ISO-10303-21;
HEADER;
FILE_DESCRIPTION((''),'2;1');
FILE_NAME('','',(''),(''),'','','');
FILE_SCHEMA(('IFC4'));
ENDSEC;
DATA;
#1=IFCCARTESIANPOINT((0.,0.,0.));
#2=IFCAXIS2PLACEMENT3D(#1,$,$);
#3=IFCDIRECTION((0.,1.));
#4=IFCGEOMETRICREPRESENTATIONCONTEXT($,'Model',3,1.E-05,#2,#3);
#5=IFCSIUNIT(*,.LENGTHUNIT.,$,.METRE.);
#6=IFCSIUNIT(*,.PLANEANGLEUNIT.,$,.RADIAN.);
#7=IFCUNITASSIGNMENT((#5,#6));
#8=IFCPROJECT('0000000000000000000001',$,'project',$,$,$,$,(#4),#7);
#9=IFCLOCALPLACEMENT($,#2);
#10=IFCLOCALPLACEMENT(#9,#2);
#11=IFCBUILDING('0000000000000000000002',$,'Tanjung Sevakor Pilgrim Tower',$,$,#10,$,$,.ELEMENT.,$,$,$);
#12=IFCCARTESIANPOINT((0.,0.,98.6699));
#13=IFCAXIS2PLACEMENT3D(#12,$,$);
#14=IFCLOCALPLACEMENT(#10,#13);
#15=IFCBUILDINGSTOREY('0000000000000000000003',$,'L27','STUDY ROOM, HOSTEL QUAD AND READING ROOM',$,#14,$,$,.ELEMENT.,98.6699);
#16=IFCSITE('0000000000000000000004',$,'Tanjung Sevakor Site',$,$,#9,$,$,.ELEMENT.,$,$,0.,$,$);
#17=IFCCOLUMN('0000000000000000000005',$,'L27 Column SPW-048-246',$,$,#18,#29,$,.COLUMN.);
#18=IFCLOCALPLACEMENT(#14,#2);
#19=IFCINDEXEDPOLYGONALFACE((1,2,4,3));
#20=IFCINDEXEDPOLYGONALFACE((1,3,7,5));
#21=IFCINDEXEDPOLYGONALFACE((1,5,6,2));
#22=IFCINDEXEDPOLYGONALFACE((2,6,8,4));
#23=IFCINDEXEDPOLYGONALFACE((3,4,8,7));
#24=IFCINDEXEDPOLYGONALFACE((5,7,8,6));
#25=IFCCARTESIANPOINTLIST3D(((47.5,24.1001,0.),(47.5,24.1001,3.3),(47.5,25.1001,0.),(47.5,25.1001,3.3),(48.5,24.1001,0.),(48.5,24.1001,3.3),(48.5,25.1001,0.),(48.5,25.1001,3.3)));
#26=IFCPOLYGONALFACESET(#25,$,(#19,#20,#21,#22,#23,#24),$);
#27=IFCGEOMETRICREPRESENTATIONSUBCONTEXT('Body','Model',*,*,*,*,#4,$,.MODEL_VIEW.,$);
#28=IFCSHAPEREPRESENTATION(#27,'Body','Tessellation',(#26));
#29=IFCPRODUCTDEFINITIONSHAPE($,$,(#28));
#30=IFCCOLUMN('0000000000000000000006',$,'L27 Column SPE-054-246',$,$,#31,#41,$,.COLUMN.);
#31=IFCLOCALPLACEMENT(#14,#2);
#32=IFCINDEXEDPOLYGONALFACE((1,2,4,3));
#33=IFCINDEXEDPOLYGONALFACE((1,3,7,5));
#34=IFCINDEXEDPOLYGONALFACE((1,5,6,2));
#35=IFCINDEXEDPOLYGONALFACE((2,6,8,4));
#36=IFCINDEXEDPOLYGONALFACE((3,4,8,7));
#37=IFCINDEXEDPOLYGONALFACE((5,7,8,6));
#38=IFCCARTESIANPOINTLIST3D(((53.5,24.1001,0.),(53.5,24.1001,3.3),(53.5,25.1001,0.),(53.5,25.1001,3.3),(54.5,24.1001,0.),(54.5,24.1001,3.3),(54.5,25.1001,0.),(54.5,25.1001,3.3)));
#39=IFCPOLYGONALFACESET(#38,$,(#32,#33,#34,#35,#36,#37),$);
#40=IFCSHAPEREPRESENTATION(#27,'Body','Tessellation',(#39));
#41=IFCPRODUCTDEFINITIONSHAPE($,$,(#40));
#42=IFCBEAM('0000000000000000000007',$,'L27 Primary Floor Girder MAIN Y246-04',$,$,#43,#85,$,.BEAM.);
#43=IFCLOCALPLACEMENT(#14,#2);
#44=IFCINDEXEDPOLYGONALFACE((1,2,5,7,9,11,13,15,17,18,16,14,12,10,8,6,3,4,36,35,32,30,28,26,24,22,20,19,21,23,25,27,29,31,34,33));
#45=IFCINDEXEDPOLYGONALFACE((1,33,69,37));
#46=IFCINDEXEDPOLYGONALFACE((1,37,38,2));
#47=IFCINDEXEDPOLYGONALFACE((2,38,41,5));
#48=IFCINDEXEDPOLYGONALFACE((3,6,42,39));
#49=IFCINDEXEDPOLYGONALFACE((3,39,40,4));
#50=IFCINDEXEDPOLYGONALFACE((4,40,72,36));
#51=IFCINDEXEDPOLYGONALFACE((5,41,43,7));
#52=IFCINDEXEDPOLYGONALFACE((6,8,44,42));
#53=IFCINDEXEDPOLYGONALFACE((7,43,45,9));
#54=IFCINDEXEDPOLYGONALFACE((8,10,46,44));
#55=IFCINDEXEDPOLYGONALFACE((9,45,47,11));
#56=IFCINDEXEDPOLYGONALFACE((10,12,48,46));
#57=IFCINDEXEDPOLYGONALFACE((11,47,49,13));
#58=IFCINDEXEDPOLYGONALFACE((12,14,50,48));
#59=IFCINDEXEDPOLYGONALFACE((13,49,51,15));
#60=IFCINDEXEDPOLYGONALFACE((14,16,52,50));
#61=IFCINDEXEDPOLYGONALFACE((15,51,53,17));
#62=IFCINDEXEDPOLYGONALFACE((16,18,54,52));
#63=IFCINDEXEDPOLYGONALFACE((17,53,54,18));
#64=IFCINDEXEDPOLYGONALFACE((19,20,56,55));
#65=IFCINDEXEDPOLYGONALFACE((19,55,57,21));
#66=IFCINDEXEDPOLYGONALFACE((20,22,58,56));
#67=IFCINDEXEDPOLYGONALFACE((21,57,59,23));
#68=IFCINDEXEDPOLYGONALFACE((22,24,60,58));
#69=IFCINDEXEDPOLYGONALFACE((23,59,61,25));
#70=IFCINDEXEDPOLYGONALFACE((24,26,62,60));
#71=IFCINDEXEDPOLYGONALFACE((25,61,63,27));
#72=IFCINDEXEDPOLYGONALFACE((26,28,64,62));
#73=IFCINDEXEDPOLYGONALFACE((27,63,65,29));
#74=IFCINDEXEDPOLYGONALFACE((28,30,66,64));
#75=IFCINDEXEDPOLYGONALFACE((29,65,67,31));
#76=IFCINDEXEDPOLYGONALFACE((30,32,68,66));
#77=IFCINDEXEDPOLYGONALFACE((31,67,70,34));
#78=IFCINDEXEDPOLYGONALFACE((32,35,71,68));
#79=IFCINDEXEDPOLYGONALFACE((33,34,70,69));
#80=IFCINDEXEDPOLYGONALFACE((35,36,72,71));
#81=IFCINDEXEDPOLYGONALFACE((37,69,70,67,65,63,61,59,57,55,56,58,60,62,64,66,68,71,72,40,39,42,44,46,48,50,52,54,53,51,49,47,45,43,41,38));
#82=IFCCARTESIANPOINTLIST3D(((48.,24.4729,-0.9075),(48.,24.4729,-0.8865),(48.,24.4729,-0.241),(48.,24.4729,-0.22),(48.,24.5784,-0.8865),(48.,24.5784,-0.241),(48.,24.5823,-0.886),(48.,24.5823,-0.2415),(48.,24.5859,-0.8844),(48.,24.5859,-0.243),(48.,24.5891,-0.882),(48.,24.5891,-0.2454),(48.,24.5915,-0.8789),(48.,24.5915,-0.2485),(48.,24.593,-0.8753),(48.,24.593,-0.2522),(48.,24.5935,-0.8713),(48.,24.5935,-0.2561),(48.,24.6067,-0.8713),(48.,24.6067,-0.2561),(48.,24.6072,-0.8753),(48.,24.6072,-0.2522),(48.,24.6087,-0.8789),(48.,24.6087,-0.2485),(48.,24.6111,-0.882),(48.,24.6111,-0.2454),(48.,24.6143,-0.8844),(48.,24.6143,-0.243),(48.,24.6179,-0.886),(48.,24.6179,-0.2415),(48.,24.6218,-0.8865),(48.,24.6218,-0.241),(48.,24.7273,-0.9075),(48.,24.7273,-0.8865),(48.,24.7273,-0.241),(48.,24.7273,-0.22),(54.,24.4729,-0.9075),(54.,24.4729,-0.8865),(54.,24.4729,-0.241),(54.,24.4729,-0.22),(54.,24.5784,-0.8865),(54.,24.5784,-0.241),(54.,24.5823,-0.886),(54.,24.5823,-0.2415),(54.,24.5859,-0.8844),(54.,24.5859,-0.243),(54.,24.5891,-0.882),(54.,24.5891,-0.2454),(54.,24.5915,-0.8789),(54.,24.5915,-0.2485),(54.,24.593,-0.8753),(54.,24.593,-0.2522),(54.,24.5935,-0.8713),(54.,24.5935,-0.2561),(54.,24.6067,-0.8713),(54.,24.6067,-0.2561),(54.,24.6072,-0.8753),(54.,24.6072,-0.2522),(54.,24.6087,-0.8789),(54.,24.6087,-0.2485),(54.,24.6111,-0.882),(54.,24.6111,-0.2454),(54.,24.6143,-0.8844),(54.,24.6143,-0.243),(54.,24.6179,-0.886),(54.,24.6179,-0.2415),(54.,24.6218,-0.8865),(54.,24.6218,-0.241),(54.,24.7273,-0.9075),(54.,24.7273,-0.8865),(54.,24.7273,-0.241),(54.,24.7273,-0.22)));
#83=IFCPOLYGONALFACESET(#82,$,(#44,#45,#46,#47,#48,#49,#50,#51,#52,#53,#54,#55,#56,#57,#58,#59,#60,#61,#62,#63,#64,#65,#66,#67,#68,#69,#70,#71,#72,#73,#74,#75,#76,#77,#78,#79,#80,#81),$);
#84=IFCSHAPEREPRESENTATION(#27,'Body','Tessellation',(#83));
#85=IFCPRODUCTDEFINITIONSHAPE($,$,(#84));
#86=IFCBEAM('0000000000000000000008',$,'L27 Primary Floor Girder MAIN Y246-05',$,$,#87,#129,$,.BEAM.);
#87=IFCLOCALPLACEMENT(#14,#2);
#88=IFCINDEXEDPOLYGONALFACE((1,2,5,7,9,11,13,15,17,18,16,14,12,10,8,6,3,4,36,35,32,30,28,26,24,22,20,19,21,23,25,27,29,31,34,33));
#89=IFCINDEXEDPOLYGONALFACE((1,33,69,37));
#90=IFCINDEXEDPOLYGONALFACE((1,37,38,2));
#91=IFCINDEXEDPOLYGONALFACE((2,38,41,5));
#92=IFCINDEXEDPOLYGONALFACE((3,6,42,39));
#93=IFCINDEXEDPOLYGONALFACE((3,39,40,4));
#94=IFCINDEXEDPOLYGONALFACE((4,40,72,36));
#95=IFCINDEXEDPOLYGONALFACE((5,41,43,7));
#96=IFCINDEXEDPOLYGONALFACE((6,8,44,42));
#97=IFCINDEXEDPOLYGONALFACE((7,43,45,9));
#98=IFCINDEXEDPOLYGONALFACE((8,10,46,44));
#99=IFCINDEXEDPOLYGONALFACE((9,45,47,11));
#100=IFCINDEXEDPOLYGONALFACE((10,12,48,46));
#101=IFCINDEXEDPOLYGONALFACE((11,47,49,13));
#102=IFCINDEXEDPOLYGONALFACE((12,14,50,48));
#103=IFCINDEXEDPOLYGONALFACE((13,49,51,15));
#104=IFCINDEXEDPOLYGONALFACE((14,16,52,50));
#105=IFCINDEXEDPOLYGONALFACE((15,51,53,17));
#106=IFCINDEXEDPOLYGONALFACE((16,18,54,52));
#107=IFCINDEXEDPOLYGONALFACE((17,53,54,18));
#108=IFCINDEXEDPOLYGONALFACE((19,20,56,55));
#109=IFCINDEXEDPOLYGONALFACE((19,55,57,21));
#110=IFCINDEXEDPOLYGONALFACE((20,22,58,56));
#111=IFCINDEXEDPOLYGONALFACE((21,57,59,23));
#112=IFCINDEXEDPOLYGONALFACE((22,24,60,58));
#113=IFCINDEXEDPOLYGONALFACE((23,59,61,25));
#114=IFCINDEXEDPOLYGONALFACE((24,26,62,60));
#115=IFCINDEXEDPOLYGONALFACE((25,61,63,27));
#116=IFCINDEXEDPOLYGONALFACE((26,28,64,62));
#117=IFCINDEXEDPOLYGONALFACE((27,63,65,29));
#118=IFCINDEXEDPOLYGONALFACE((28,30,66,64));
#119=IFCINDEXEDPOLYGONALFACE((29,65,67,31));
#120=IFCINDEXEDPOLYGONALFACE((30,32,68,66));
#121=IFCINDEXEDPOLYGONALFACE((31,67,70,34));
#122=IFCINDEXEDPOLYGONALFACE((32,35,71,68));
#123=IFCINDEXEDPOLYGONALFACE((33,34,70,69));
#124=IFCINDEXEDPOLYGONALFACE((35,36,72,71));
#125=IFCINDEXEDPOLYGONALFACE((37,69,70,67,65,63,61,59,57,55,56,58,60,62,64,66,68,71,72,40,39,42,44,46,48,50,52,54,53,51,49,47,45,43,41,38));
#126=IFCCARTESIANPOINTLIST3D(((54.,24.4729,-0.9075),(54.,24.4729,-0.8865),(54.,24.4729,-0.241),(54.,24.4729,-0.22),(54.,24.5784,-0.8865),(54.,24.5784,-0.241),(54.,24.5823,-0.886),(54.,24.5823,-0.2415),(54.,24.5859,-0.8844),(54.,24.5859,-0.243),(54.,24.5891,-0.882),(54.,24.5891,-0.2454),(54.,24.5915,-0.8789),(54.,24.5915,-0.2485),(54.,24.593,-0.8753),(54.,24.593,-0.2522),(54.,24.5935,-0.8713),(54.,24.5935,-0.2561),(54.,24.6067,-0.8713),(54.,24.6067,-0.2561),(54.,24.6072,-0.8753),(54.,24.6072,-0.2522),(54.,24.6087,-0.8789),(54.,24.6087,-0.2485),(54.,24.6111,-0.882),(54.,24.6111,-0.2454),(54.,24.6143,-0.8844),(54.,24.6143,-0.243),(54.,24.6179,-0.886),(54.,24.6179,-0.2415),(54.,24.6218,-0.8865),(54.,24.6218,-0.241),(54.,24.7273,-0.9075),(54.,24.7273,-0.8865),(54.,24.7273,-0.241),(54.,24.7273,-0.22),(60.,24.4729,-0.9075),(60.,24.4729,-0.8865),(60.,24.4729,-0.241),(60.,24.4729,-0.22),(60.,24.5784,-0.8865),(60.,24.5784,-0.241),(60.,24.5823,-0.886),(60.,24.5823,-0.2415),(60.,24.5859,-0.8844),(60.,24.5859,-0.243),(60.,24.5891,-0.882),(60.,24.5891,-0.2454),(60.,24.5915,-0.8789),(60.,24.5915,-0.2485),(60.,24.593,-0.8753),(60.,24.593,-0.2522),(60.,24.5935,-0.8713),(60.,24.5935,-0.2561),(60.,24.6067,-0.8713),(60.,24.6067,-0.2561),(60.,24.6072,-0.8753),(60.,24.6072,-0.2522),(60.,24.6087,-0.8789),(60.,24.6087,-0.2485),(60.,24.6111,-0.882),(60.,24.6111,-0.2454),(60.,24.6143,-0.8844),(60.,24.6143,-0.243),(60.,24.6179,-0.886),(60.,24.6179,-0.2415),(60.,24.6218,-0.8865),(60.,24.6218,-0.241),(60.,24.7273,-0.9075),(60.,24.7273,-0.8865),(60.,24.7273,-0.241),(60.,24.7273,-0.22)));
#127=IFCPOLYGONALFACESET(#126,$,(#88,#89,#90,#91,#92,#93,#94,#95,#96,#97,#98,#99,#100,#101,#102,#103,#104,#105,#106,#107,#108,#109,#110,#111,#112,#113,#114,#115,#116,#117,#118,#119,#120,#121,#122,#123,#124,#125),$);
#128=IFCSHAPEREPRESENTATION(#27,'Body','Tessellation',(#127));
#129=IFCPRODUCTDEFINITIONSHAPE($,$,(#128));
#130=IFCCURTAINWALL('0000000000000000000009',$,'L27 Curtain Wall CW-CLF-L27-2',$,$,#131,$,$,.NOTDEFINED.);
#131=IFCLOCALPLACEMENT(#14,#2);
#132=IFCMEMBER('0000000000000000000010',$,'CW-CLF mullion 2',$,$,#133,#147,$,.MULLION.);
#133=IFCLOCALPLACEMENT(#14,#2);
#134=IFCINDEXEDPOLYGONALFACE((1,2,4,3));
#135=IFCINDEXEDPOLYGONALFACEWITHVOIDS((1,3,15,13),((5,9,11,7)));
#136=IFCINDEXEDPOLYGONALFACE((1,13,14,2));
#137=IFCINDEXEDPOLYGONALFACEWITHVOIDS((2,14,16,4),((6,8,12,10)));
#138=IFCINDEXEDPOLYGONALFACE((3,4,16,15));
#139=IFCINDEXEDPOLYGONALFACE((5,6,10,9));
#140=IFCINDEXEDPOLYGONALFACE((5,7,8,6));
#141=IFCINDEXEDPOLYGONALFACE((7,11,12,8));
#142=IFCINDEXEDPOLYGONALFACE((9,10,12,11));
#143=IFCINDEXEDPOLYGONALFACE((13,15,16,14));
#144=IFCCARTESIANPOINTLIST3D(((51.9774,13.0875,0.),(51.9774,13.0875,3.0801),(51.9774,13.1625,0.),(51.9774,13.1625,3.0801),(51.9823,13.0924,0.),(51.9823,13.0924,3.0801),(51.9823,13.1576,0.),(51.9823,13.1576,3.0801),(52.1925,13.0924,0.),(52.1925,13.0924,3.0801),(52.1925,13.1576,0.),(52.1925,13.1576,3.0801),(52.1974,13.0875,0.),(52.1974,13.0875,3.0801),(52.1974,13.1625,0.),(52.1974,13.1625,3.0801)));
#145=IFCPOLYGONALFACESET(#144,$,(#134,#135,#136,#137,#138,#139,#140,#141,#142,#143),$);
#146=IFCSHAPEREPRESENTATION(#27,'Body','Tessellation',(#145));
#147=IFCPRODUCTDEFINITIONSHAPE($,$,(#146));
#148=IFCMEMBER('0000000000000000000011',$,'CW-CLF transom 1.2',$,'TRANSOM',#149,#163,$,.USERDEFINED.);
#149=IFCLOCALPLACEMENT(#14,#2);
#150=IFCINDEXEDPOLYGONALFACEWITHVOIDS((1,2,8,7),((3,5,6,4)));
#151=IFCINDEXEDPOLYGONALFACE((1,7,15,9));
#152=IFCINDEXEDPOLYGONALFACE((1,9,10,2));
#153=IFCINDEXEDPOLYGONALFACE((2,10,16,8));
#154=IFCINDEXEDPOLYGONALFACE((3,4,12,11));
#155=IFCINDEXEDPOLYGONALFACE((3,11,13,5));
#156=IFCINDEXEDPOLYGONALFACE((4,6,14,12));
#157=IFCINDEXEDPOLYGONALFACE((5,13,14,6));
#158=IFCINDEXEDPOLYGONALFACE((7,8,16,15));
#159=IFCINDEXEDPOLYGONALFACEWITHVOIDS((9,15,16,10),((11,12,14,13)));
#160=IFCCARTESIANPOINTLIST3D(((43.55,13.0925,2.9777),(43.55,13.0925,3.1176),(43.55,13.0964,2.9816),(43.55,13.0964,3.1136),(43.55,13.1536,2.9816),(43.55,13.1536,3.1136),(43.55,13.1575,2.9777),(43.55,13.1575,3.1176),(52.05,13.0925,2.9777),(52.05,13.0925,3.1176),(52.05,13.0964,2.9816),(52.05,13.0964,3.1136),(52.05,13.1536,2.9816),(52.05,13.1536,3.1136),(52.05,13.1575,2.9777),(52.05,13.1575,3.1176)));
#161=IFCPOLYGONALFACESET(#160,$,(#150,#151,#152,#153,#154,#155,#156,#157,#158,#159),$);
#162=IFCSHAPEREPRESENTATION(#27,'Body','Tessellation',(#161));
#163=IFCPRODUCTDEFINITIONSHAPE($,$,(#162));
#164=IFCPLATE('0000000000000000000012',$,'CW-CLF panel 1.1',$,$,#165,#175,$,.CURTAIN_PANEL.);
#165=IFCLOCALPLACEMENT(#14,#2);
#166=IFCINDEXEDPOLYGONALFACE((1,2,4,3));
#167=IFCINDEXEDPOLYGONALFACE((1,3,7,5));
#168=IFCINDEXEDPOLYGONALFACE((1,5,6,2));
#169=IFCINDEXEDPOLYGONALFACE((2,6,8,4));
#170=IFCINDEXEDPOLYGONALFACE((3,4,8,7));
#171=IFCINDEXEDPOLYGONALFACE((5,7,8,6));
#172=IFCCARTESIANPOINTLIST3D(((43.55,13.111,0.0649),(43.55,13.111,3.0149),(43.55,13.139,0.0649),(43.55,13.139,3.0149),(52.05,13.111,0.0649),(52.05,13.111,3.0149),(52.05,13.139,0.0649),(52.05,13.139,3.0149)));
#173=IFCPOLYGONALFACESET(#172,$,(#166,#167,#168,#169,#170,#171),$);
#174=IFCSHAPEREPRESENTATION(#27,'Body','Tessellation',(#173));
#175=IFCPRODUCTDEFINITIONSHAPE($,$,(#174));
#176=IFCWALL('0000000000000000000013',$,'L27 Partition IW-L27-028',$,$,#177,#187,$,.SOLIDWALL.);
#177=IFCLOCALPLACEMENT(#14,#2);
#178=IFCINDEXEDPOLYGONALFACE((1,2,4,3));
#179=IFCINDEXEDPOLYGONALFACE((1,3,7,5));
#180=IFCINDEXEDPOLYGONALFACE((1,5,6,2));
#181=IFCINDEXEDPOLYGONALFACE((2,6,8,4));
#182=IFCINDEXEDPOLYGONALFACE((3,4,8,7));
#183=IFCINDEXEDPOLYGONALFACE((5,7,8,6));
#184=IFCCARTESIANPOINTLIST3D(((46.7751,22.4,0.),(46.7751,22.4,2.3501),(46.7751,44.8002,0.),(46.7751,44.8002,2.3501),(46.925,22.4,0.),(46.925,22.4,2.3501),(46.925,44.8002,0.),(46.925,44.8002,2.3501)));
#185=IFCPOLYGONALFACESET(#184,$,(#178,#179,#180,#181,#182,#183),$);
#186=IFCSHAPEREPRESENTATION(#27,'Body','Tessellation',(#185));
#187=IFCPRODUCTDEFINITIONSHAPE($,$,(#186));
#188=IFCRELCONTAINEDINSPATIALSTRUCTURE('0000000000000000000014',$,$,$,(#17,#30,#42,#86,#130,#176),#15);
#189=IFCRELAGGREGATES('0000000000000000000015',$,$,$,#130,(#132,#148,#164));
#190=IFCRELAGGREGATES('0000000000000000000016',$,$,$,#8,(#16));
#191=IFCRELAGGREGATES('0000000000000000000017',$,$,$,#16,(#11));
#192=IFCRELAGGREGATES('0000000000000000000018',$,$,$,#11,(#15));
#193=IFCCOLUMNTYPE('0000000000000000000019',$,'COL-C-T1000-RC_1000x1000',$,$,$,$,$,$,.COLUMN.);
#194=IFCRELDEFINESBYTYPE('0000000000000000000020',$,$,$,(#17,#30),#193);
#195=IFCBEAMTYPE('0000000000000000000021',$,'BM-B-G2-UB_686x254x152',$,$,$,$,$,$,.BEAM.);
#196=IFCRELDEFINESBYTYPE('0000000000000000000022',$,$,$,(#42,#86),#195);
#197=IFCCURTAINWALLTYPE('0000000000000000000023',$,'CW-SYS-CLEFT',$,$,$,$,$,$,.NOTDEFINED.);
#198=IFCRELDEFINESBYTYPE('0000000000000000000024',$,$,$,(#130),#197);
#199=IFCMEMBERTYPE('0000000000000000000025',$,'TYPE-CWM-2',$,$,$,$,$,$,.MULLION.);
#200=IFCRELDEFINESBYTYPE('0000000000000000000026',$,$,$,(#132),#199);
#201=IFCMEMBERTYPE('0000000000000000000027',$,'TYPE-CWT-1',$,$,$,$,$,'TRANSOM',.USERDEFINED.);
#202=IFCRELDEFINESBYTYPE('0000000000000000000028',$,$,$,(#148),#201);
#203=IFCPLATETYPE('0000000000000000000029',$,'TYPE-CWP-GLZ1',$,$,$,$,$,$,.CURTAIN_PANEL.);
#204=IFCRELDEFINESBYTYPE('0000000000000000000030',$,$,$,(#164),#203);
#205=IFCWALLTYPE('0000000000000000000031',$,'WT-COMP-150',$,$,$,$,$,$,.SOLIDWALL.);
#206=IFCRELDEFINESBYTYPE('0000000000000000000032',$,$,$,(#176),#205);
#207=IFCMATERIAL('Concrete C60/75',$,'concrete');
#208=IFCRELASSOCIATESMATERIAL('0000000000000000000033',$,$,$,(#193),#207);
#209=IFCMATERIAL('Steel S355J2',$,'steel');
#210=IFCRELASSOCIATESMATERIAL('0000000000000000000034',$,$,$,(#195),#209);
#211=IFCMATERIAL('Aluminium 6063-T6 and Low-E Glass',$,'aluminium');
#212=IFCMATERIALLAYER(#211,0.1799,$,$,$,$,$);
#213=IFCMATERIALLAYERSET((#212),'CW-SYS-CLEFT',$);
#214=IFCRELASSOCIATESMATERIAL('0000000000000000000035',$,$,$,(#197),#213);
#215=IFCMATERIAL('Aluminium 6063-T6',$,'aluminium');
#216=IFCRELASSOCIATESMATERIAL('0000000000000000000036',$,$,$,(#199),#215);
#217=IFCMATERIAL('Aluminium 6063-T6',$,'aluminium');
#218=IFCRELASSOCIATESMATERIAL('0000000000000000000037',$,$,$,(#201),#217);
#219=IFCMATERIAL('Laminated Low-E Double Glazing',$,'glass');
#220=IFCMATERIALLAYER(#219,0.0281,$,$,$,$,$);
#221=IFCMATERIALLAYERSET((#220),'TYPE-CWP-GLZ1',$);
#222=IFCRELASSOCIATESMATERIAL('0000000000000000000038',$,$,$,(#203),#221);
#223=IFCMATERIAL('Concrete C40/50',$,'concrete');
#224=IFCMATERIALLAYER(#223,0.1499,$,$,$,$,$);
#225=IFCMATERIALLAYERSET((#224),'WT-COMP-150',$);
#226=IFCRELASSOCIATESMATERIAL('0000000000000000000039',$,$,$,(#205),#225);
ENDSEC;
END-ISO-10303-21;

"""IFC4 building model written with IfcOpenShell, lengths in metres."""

from ifc_helpers import new_model, si_unit, direction, frame, frame_2d, origin, origin_2d, place, context, subcontext, project, spatial, rectangle, hollow_rectangle, i_section, extrude, material, layer, layer_set, material_profile, profile_set, type_object, element, aggregate, save


model = new_model("IFC4")

# Units and contexts
model_context = context("Model", 3, precision=1e-05, world=origin(), true_north=direction((0.0, 1.0)))
body_context = subcontext(model_context, "Body", "Model", "MODEL_VIEW")
ifc_project = project(units=[si_unit("LENGTHUNIT", "METRE"), si_unit("PLANEANGLEUNIT", "RADIAN")], contexts=[model_context])

# Site, building, storey
site_placement = place(None, origin())
site = spatial("IfcSite", under=ifc_project, at=site_placement, Name="Tanjung Sevakor Site", CompositionType="ELEMENT", RefElevation=0.0)
building_placement = place(site_placement, origin())
building = spatial("IfcBuilding", under=site, at=building_placement, Name="Tanjung Sevakor Pilgrim Tower", CompositionType="ELEMENT")
storey_placement = place(building_placement, frame((0.0, 0.0, 98.6699)))
storey = spatial("IfcBuildingStorey", under=building, at=storey_placement, Name="L27", Description="STUDY ROOM, HOSTEL QUAD AND READING ROOM", CompositionType="ELEMENT", Elevation=98.6699)

# Columns
ifc_material_1 = material(Name="Concrete C60/75", Category="concrete")
ifc_material_profile_1 = material_profile(ifc_material_1, rectangle(XDim=1.0, YDim=1.0, at=origin_2d()))
ifc_profile_set_1 = profile_set([ifc_material_profile_1], Name="Concrete C60/75")
column_type = type_object("IfcColumnType", Name="COL-C-T1000-RC_1000x1000", PredefinedType="COLUMN", material=ifc_profile_set_1)
for number, where, z_axis, x_axis, name in (
    (1, (48.0, 24.6001, 0.0), (0.0, 0.0, 1.0), (1.0, 0.0, 0.0), "L27 Column SPW-048-246"),
    (2, (54.0, 24.6001, 0.0), (0.0, 0.0, 1.0), (1.0, 0.0, 0.0), "L27 Column SPE-054-246"),
):
    element("IfcColumn", number, at=place(storey_placement, frame(where, z_axis=z_axis, x_axis=x_axis)), inside=storey, type_object=column_type, Name=name, PredefinedType="COLUMN", context=body_context, shape_type="SweptSolid", body=[
        extrude(rectangle(XDim=1.0, YDim=1.0, at=origin_2d()), origin(), (0.0, 0.0, 1.0), 3.3),
    ])

# Beams
ifc_material_2 = material(Name="Steel S355J2", Category="steel")
ifc_material_profile_2 = material_profile(ifc_material_2, i_section(OverallWidth=0.2544, OverallDepth=0.6875, WebThickness=0.0132, FlangeThickness=0.021, FilletRadius=0.0151, at=origin_2d()))
ifc_profile_set_2 = profile_set([ifc_material_profile_2], Name="Steel S355J2")
beam_type = type_object("IfcBeamType", Name="BM-B-G2-UB_686x254x152", PredefinedType="BEAM", material=ifc_profile_set_2)
for number, where, z_axis, x_axis, name in (
    (3, (48.0, 24.6001, -0.5637), (1.0, 0.0, 0.0), (0.0, 1.0, 0.0), "L27 Primary Floor Girder MAIN Y246-04"),
    (4, (54.0, 24.6001, -0.5637), (1.0, 0.0, 0.0), (0.0, 1.0, 0.0), "L27 Primary Floor Girder MAIN Y246-05"),
):
    element("IfcBeam", number, at=place(storey_placement, frame(where, z_axis=z_axis, x_axis=x_axis)), inside=storey, type_object=beam_type, Name=name, PredefinedType="BEAM", context=body_context, shape_type="SweptSolid", body=[
        extrude(i_section(OverallWidth=0.2544, OverallDepth=0.6875, WebThickness=0.0132, FlangeThickness=0.021, FilletRadius=0.0151, at=origin_2d()), origin(), (0.0, 0.0, 1.0), 6.0),
    ])

# Curtain wall, members, plate
ifc_material_3 = material(Name="Aluminium 6063-T6 and Low-E Glass", Category="aluminium")
ifc_layer_1 = layer(ifc_material_3, 0.1799)
ifc_layer_set_1 = layer_set([ifc_layer_1], Name="CW-SYS-CLEFT")
curtain_wall_type = type_object("IfcCurtainWallType", Name="CW-SYS-CLEFT", PredefinedType="NOTDEFINED", material=ifc_layer_set_1)
curtain_wall_placement = place(storey_placement, origin())
curtain_wall = element("IfcCurtainWall", 5, at=curtain_wall_placement, inside=storey, type_object=curtain_wall_type, Name="L27 Curtain Wall CW-CLF-L27-2", PredefinedType="NOTDEFINED")
ifc_material_4 = material(Name="Aluminium 6063-T6", Category="aluminium")
ifc_material_profile_3 = material_profile(ifc_material_4, hollow_rectangle(XDim=0.075, YDim=0.22, WallThickness=0.0049, at=origin_2d()))
ifc_profile_set_3 = profile_set([ifc_material_profile_3], Name="Aluminium 6063-T6")
member_type_1 = type_object("IfcMemberType", Name="TYPE-CWM-2", PredefinedType="MULLION", material=ifc_profile_set_3)
member_1_placement = place(storey_placement, frame((52.0874, 13.125, 0.0), z_axis=(0.0, 0.0, 1.0), x_axis=(0.0, 1.0, 0.0)))
member_1 = element("IfcMember", 6, at=member_1_placement, type_object=member_type_1, Name="CW-CLF mullion 2", PredefinedType="MULLION", context=body_context, shape_type="SweptSolid", body=[
    extrude(hollow_rectangle(XDim=0.075, YDim=0.22, WallThickness=0.0049, at=origin_2d()), origin(), (0.0, 0.0, 1.0), 3.0801),
])
ifc_material_5 = material(Name="Aluminium 6063-T6", Category="aluminium")
ifc_material_profile_4 = material_profile(ifc_material_5, hollow_rectangle(XDim=0.0649, YDim=0.1399, WallThickness=0.0039, at=origin_2d()))
ifc_profile_set_4 = profile_set([ifc_material_profile_4], Name="Aluminium 6063-T6")
member_type_2 = type_object("IfcMemberType", Name="TYPE-CWT-1", ElementType="TRANSOM", PredefinedType="USERDEFINED", material=ifc_profile_set_4)
member_2_placement = place(storey_placement, frame((43.55, 13.125, 3.0476), z_axis=(1.0, 0.0, 0.0), x_axis=(0.0, 1.0, 0.0)))
member_2 = element("IfcMember", 7, at=member_2_placement, type_object=member_type_2, Name="CW-CLF transom 1.2", ObjectType="TRANSOM", PredefinedType="USERDEFINED", context=body_context, shape_type="SweptSolid", body=[
    extrude(hollow_rectangle(XDim=0.0649, YDim=0.1399, WallThickness=0.0039, at=origin_2d()), origin(), (0.0, 0.0, 1.0), 8.5),
])
ifc_material_6 = material(Name="Laminated Low-E Double Glazing", Category="glass")
ifc_layer_2 = layer(ifc_material_6, 0.0281)
ifc_layer_set_2 = layer_set([ifc_layer_2], Name="TYPE-CWP-GLZ1")
plate_type = type_object("IfcPlateType", Name="TYPE-CWP-GLZ1", PredefinedType="CURTAIN_PANEL", material=ifc_layer_set_2)
plate_placement = place(storey_placement, frame((47.8, 13.125, 0.0649), z_axis=(0.0, 0.0, 1.0), x_axis=(1.0, 0.0, 0.0)))
plate = element("IfcPlate", 8, at=plate_placement, type_object=plate_type, Name="CW-CLF panel 1.1", PredefinedType="CURTAIN_PANEL", context=body_context, shape_type="SweptSolid", body=[
    extrude(rectangle(XDim=8.5, YDim=0.0281, at=origin_2d()), origin(), (0.0, 0.0, 1.0), 2.95),
])
aggregate(curtain_wall, [member_1, member_2, plate])

# Wall
ifc_material_7 = material(Name="Concrete C40/50", Category="concrete")
ifc_layer_3 = layer(ifc_material_7, 0.1499)
ifc_layer_set_3 = layer_set([ifc_layer_3], Name="WT-COMP-150")
wall_type_1 = type_object("IfcWallType", Name="WT-COMP-150", PredefinedType="SOLIDWALL", material=ifc_layer_set_3)
wall_1_placement = place(storey_placement, frame((46.8501, 22.3999, 0.0), z_axis=(0.0, 0.0, 1.0), x_axis=(0.0, 1.0, 0.0)))
element("IfcWall", 9, at=wall_1_placement, inside=storey, type_object=wall_type_1, Name="L27 Partition IW-L27-028", PredefinedType="SOLIDWALL", context=body_context, shape_type="SweptSolid", body=[
    extrude(rectangle(XDim=22.4001, YDim=0.1499, at=frame_2d((11.2002, 0.0))), origin(), (0.0, 0.0, 1.0), 2.3501),
])

save(model, "model.ifc")
